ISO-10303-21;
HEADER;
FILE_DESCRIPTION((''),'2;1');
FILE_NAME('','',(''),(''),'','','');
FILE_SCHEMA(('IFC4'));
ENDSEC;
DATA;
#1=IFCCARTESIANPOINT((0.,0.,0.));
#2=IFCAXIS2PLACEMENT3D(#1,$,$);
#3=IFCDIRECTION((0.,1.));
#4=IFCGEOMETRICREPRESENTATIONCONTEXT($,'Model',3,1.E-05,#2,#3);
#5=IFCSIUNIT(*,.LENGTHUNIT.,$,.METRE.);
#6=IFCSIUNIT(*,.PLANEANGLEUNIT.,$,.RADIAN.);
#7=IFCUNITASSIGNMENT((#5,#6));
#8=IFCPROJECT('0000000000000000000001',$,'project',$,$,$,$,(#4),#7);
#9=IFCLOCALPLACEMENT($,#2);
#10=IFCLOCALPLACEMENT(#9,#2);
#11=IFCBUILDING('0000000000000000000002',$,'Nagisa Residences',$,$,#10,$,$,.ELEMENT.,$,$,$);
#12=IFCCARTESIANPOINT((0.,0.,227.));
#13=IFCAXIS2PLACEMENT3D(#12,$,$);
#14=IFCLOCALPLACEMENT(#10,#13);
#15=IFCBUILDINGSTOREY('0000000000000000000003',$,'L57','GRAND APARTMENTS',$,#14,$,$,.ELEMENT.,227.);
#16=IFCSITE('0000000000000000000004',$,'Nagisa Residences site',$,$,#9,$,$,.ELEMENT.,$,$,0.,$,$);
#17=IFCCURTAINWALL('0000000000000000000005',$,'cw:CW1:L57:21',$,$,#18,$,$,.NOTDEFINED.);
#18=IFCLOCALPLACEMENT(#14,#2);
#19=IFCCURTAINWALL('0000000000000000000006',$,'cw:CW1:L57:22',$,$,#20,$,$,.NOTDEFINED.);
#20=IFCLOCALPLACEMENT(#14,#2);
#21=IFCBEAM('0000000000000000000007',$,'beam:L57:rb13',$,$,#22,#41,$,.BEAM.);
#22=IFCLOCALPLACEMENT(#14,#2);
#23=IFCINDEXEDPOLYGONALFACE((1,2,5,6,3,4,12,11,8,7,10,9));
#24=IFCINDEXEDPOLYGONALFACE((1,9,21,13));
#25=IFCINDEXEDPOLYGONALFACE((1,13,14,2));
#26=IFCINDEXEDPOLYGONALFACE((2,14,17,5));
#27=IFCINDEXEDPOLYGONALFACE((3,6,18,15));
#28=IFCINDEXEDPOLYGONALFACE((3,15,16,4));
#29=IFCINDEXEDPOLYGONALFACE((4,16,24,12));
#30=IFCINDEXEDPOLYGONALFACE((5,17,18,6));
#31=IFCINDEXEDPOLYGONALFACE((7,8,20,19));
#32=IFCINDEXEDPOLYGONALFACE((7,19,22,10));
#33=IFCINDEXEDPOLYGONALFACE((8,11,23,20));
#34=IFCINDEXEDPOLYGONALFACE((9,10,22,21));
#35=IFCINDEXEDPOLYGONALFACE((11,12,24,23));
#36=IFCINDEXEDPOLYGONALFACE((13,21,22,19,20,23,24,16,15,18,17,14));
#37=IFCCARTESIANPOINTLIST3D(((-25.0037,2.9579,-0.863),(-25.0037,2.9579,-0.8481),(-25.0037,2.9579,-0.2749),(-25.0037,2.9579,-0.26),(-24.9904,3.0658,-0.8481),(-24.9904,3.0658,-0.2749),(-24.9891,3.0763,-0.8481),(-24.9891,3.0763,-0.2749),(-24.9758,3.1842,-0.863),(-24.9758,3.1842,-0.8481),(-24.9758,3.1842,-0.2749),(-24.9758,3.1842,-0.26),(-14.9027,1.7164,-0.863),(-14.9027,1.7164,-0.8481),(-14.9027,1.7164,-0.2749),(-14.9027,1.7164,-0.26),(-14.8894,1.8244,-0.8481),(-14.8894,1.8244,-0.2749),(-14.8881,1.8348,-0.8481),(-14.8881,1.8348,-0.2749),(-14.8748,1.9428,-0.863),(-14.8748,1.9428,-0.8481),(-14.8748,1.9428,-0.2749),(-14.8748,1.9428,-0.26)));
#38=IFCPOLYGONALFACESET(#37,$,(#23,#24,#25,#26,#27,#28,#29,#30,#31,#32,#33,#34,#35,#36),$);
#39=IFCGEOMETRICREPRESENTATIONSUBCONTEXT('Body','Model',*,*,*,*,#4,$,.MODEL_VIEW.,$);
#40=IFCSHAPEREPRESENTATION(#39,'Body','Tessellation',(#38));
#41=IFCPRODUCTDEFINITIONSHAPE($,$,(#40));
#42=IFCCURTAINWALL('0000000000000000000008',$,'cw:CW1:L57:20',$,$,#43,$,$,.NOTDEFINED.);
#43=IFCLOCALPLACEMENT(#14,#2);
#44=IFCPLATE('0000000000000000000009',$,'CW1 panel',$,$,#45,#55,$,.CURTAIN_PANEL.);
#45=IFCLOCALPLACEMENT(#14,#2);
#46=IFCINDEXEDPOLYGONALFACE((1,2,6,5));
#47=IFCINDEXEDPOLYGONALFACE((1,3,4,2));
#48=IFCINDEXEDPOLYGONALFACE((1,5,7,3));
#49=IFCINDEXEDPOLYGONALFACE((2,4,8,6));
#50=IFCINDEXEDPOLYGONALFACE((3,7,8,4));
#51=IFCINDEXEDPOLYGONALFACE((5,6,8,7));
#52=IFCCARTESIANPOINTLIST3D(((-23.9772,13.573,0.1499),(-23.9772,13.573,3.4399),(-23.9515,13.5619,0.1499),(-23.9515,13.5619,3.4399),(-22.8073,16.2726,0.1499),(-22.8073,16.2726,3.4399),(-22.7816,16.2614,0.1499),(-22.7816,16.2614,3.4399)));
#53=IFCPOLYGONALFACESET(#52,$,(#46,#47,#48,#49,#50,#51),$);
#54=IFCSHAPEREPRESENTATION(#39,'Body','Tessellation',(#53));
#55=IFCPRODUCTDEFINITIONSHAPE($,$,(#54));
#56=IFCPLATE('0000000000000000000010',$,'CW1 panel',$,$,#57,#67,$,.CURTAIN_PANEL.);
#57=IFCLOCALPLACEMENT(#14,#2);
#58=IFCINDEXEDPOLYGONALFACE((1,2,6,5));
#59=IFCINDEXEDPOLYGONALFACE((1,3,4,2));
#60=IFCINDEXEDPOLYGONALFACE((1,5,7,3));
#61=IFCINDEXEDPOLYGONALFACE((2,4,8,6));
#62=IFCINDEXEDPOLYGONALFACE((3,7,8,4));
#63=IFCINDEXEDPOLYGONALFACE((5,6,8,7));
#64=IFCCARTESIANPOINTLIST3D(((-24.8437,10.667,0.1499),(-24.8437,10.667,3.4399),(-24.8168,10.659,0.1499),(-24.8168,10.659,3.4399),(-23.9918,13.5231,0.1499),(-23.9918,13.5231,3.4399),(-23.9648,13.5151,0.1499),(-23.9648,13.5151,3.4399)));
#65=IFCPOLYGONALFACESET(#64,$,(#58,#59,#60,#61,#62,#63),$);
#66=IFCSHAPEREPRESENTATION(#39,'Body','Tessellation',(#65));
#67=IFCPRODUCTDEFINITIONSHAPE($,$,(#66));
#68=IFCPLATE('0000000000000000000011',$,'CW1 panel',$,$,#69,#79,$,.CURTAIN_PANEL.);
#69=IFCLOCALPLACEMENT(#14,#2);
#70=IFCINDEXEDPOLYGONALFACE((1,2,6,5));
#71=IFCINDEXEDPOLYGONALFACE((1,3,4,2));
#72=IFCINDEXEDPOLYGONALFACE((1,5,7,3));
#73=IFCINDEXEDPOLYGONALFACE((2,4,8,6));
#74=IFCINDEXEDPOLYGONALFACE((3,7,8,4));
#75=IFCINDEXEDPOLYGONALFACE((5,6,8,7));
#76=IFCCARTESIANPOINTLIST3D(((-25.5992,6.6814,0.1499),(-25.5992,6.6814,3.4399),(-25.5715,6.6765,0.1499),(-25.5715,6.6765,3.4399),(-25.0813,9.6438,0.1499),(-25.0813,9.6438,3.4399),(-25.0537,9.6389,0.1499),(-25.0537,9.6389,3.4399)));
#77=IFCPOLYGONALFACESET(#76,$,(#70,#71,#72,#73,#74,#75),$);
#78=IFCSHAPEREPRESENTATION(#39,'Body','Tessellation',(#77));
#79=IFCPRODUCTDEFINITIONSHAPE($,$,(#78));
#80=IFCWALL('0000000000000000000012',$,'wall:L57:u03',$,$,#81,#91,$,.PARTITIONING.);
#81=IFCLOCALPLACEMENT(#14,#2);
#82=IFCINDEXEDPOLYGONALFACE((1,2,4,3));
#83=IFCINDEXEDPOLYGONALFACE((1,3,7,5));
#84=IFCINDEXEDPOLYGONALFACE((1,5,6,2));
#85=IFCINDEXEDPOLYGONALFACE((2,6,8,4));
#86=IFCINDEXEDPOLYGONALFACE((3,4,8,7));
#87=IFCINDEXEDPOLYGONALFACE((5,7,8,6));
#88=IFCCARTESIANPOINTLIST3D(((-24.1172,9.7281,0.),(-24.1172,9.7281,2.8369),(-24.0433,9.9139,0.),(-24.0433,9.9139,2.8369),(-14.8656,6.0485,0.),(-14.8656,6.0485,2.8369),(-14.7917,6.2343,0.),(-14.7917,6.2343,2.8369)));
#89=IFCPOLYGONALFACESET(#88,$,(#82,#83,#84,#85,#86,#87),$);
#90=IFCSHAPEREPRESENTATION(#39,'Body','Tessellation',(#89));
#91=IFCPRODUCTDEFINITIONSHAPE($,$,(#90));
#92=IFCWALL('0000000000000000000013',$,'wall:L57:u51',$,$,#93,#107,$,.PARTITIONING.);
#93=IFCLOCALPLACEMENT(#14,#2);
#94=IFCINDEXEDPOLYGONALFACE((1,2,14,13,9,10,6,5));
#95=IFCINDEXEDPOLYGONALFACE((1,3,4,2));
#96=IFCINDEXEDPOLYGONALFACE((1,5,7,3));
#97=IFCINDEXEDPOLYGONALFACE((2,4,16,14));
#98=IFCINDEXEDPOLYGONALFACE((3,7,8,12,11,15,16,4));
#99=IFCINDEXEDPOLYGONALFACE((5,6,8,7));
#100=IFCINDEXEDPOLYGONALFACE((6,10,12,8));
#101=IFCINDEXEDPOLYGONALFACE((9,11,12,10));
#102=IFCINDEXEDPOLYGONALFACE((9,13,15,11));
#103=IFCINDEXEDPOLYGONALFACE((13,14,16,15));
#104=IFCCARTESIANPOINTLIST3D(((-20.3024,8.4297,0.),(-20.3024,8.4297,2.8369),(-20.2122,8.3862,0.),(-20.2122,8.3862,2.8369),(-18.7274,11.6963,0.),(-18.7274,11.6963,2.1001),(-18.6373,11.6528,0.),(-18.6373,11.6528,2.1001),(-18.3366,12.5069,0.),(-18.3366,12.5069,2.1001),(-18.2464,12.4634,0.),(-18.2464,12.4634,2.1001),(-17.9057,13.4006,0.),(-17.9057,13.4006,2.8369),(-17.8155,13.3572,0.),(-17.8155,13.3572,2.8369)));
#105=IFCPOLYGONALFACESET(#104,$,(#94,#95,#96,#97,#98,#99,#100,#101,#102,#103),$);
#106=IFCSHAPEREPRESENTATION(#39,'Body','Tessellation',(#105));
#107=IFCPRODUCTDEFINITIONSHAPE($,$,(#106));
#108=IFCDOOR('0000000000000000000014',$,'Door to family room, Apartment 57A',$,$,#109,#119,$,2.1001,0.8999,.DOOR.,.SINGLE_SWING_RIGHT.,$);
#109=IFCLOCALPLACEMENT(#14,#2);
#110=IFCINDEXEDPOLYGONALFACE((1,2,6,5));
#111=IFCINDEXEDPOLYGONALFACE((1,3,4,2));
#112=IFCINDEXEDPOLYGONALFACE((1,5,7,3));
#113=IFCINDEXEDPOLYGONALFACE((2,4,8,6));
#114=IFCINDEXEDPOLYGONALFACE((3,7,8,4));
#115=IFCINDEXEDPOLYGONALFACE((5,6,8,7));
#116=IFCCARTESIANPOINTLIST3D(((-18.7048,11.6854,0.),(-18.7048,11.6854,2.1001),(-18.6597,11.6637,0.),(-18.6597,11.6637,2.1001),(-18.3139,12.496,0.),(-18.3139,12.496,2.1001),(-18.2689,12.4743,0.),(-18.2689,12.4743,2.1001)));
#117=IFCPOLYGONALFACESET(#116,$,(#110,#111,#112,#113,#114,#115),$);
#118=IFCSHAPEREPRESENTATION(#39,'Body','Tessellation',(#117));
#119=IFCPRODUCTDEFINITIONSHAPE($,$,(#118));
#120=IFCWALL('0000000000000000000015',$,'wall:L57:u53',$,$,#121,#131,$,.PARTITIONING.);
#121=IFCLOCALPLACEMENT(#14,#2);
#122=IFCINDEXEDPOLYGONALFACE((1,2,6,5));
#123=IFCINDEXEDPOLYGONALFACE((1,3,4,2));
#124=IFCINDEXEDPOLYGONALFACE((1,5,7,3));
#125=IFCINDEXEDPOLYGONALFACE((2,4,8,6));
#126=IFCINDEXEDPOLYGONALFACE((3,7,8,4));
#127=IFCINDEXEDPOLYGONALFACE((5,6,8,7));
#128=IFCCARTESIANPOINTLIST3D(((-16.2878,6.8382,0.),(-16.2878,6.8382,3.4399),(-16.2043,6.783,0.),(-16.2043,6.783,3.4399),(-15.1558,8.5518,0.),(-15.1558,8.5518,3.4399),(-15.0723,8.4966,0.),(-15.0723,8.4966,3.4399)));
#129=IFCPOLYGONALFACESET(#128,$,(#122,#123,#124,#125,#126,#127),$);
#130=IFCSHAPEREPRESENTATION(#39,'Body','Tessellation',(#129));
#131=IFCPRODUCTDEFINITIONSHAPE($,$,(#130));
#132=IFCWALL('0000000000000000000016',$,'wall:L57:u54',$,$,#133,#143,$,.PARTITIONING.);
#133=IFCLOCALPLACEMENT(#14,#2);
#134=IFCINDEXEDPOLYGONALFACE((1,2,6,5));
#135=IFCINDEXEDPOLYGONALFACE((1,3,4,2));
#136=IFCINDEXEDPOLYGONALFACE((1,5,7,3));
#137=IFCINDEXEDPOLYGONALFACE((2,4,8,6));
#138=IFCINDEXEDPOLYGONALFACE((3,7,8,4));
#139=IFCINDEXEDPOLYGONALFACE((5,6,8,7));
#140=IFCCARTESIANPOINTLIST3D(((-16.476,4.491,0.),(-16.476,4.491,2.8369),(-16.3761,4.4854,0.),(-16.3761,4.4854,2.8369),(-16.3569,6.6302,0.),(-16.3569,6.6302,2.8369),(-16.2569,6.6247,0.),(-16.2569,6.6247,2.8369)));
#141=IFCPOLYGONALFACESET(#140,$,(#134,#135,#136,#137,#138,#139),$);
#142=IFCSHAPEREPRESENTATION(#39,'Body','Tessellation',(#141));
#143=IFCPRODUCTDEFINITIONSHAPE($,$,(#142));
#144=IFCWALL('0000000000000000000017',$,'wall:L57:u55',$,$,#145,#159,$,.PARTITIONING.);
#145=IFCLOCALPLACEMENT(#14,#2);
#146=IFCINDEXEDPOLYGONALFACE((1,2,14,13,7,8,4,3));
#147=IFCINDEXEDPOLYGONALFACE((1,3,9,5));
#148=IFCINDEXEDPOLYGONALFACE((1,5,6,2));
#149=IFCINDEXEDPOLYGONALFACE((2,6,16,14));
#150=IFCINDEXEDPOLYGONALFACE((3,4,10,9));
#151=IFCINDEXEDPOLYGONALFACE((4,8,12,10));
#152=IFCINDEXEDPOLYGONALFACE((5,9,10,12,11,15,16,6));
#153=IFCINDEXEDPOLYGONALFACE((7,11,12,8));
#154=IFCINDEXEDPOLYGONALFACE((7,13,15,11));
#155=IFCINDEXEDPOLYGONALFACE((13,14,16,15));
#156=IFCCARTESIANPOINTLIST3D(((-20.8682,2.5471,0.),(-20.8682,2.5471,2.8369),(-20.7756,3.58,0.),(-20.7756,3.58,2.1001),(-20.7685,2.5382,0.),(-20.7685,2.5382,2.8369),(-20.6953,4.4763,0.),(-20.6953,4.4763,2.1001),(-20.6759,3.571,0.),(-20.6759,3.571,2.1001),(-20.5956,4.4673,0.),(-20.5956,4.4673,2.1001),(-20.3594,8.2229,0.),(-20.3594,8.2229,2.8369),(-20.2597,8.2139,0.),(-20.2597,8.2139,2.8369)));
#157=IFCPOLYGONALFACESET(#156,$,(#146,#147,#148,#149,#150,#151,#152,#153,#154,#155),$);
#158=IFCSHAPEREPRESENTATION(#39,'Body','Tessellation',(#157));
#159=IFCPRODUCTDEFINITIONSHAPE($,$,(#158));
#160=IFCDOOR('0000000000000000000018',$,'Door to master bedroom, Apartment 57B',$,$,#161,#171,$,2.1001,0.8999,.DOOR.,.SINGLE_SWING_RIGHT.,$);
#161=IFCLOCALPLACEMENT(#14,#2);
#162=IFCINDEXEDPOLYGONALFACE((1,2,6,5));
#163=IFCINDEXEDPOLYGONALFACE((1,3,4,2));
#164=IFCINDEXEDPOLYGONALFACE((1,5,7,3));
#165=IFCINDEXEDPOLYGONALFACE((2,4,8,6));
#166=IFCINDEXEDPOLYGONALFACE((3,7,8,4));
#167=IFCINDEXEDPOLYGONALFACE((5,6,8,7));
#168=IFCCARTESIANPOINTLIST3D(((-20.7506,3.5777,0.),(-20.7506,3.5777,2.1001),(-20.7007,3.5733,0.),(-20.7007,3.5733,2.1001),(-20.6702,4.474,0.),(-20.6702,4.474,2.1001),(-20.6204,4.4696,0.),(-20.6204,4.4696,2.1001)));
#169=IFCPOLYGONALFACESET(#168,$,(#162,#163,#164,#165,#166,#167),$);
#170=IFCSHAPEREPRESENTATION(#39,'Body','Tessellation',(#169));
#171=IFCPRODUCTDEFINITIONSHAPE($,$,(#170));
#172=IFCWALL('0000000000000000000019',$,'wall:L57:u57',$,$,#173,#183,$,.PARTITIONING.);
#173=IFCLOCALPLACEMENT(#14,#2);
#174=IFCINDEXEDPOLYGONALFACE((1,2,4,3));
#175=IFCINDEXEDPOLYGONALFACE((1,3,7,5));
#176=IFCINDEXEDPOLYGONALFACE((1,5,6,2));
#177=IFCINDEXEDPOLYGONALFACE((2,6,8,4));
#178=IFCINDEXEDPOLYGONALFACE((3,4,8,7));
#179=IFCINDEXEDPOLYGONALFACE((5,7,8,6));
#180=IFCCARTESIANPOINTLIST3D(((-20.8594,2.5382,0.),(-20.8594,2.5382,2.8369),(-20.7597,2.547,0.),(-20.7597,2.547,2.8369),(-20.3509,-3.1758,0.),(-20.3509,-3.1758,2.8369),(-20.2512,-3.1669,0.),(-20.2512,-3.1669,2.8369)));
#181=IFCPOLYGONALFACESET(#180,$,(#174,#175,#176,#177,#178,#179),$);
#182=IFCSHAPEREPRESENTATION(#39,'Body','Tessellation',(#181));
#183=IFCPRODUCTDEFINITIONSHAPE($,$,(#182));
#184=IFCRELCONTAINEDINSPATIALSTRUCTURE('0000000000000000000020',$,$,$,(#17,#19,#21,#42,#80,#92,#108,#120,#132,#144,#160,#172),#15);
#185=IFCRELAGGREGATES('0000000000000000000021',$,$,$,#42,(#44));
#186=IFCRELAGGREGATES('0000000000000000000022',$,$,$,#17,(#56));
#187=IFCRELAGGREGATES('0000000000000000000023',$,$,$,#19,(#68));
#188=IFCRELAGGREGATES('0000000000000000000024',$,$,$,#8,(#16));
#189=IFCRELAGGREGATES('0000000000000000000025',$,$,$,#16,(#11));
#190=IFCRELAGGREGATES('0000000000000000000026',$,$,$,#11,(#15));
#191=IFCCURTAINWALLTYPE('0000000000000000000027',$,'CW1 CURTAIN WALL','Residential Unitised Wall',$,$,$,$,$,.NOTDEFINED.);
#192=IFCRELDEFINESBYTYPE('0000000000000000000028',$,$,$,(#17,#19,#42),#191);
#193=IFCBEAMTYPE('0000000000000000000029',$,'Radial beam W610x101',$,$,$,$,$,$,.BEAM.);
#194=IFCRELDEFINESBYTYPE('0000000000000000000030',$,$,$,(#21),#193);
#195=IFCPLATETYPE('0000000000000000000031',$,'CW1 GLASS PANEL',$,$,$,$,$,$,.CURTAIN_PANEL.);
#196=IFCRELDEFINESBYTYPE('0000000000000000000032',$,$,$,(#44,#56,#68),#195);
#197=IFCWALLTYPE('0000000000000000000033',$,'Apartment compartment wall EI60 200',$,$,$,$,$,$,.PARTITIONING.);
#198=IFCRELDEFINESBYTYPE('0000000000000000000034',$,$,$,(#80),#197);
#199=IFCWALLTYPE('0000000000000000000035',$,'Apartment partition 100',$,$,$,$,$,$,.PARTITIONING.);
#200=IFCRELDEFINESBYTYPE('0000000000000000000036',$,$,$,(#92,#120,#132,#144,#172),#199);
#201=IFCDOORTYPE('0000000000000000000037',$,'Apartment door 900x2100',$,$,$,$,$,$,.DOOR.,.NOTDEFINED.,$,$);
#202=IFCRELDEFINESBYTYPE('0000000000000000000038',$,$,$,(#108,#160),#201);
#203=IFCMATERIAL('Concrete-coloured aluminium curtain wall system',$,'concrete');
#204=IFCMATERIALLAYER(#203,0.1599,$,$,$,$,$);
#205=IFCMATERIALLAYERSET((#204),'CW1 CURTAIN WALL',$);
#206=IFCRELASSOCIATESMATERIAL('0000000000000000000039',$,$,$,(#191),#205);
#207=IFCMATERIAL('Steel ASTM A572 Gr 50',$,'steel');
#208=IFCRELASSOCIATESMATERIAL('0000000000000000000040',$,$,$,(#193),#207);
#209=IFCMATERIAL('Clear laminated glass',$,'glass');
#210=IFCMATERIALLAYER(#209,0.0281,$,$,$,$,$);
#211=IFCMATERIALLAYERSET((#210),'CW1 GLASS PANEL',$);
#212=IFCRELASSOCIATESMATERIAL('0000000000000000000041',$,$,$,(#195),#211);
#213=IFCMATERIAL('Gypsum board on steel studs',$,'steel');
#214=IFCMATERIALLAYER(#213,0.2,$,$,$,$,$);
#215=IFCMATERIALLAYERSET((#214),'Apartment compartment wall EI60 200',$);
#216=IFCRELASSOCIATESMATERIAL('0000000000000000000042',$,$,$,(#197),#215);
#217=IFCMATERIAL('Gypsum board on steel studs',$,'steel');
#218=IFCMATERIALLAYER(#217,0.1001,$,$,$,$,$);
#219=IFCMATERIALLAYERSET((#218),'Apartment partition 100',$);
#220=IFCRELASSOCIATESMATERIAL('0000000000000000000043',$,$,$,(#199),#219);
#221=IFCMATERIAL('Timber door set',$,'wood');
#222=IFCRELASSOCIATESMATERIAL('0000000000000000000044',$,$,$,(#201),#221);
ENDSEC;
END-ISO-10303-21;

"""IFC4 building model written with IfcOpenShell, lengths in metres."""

from ifc_helpers import new_model, si_unit, direction, frame, frame_2d, origin, origin_2d, place, context, subcontext, project, spatial, rectangle, i_section, extrude, material, layer, layer_set, material_profile, profile_set, type_object, element, fill, aggregate, save


model = new_model("IFC4")

# Units and contexts
model_context = context("Model", 3, precision=1e-05, world=origin(), true_north=direction((0.0, 1.0)))
body_context = subcontext(model_context, "Body", "Model", "MODEL_VIEW")
ifc_project = project(units=[si_unit("LENGTHUNIT", "METRE"), si_unit("PLANEANGLEUNIT", "RADIAN")], contexts=[model_context])

# Site, building, storey
site_placement = place(None, origin())
site = spatial("IfcSite", under=ifc_project, at=site_placement, Name="Nagisa Residences site", CompositionType="ELEMENT", RefElevation=0.0)
building_placement = place(site_placement, origin())
building = spatial("IfcBuilding", under=site, at=building_placement, Name="Nagisa Residences", CompositionType="ELEMENT")
storey_placement = place(building_placement, frame((0.0, 0.0, 227.0)))
storey = spatial("IfcBuildingStorey", under=building, at=storey_placement, Name="L57", Description="GRAND APARTMENTS", CompositionType="ELEMENT", Elevation=227.0)

# Curtain walls
ifc_material_1 = material(Name="Concrete-coloured aluminium curtain wall system", Category="concrete")
ifc_layer_1 = layer(ifc_material_1, 0.1599)
ifc_layer_set_1 = layer_set([ifc_layer_1], Name="CW1 CURTAIN WALL")
curtain_wall_type = type_object("IfcCurtainWallType", Name="CW1 CURTAIN WALL", Description="Residential Unitised Wall", PredefinedType="NOTDEFINED", material=ifc_layer_set_1)
curtain_wall_1_placement = place(storey_placement, origin())
curtain_wall_1 = element("IfcCurtainWall", 1, at=curtain_wall_1_placement, inside=storey, type_object=curtain_wall_type, Name="cw:CW1:L57:21", PredefinedType="NOTDEFINED")
curtain_wall_2_placement = place(storey_placement, origin())
curtain_wall_2 = element("IfcCurtainWall", 2, at=curtain_wall_2_placement, inside=storey, type_object=curtain_wall_type, Name="cw:CW1:L57:22", PredefinedType="NOTDEFINED")

# Beam
ifc_material_2 = material(Name="Steel ASTM A572 Gr 50", Category="steel")
ifc_material_profile_1 = material_profile(ifc_material_2, i_section(OverallWidth=0.228, OverallDepth=0.603, WebThickness=0.0105, FlangeThickness=0.0149, at=origin_2d()), Name="W610x101")
ifc_profile_set_1 = profile_set([ifc_material_profile_1], Name="Steel ASTM A572 Gr 50")
beam_type_1 = type_object("IfcBeamType", Name="Radial beam W610x101", PredefinedType="BEAM", material=ifc_profile_set_1)
beam_1_placement = place(storey_placement, frame((-24.9897, 3.071, -0.5615), z_axis=(0.992532, -0.121985, 0.0), x_axis=(0.121985, 0.992532, 0.0)))
element("IfcBeam", 3, at=beam_1_placement, inside=storey, type_object=beam_type_1, Name="beam:L57:rb13", PredefinedType="BEAM", context=body_context, shape_type="SweptSolid", body=[
    extrude(i_section(OverallWidth=0.228, OverallDepth=0.603, WebThickness=0.0105, FlangeThickness=0.0149, at=origin_2d()), origin(), (0.0, 0.0, 1.0), 10.177),
])

# Curtain wall, plate
curtain_wall_3_placement = place(storey_placement, origin())
curtain_wall_3 = element("IfcCurtainWall", 4, at=curtain_wall_3_placement, inside=storey, type_object=curtain_wall_type, Name="cw:CW1:L57:20", PredefinedType="NOTDEFINED")
ifc_material_3 = material(Name="Clear laminated glass", Category="glass")
ifc_layer_2 = layer(ifc_material_3, 0.0281)
ifc_layer_set_2 = layer_set([ifc_layer_2], Name="CW1 GLASS PANEL")
plate_type = type_object("IfcPlateType", Name="CW1 GLASS PANEL", PredefinedType="CURTAIN_PANEL", material=ifc_layer_set_2)
plate_1_placement = place(storey_placement, frame((-23.3794, 14.9172, 0.1499), z_axis=(0.0, 0.0, 1.0), x_axis=(-0.397636, -0.917543, 0.0)))
plate_1 = element("IfcPlate", 5, at=plate_1_placement, type_object=plate_type, Name="CW1 panel", PredefinedType="CURTAIN_PANEL", context=body_context, shape_type="SweptSolid", body=[
    extrude(rectangle(XDim=2.9421, YDim=0.0281, at=origin_2d()), origin(), (0.0, 0.0, 1.0), 3.29),
])
aggregate(curtain_wall_3, [plate_1])

# Plates
plate_2_placement = place(storey_placement, frame((-24.4043, 12.0911, 0.1499), z_axis=(0.0, 0.0, 1.0), x_axis=(-0.28586, -0.958271, 0.0)))
plate_2 = element("IfcPlate", 6, at=plate_2_placement, type_object=plate_type, Name="CW1 panel", PredefinedType="CURTAIN_PANEL", context=body_context, shape_type="SweptSolid", body=[
    extrude(rectangle(XDim=2.9805, YDim=0.0281, at=origin_2d()), origin(), (0.0, 0.0, 1.0), 3.29),
])
aggregate(curtain_wall_1, [plate_2])
plate_3_placement = place(storey_placement, frame((-25.3264, 8.1602, 0.1499), z_axis=(0.0, 0.0, 1.0), x_axis=(-0.172191, -0.985064, 0.0)))
plate_3 = element("IfcPlate", 7, at=plate_3_placement, type_object=plate_type, Name="CW1 panel", PredefinedType="CURTAIN_PANEL", context=body_context, shape_type="SweptSolid", body=[
    extrude(rectangle(XDim=3.0073, YDim=0.0281, at=origin_2d()), origin(), (0.0, 0.0, 1.0), 3.29),
])
aggregate(curtain_wall_2, [plate_3])

# Wall
ifc_material_4 = material(Name="Gypsum board on steel studs", Category="steel")
ifc_layer_3 = layer(ifc_material_4, 0.2)
ifc_layer_set_3 = layer_set([ifc_layer_3], Name="Apartment compartment wall EI60 200")
wall_type_1 = type_object("IfcWallType", Name="Apartment compartment wall EI60 200", PredefinedType="PARTITIONING", material=ifc_layer_set_3)
wall_1_placement = place(storey_placement, frame((-14.8286, 6.1414, 0.0), z_axis=(0.0, 0.0, 1.0), x_axis=(-0.929202, 0.369572, 0.0)))
element("IfcWall", 8, at=wall_1_placement, inside=storey, type_object=wall_type_1, Name="wall:L57:u03", PredefinedType="PARTITIONING", context=body_context, shape_type="SweptSolid", body=[
    extrude(rectangle(XDim=9.9565, YDim=0.2, at=frame_2d((4.9783, 0.0))), origin(), (0.0, 0.0, 1.0), 2.8369),
])

# Wall, opening, door
ifc_material_5 = material(Name="Gypsum board on steel studs", Category="steel")
ifc_layer_4 = layer(ifc_material_5, 0.1001)
ifc_layer_set_4 = layer_set([ifc_layer_4], Name="Apartment partition 100")
wall_type_2 = type_object("IfcWallType", Name="Apartment partition 100", PredefinedType="PARTITIONING", material=ifc_layer_set_4)
wall_2_placement = place(storey_placement, frame((-17.8606, 13.3789, 0.0), z_axis=(0.0, 0.0, 1.0), x_axis=(-0.434302, -0.900767, 0.0)))
wall_2 = element("IfcWall", 9, at=wall_2_placement, inside=storey, type_object=wall_type_2, Name="wall:L57:u51", PredefinedType="PARTITIONING", context=body_context, shape_type="SweptSolid", body=[
    extrude(rectangle(XDim=5.5186, YDim=0.1001, at=frame_2d((2.7593, 0.0))), origin(), (0.0, 0.0, 1.0), 2.8369),
])
opening_1_placement = place(wall_2_placement, frame((0.9922, 0.0, 0.0)))
opening_1 = element("IfcOpeningElement", 10, at=opening_1_placement, cuts=wall_2, PredefinedType="OPENING", context=body_context, shape_type="SweptSolid", body=[
    extrude(rectangle(XDim=0.8999, YDim=2.1001, at=frame_2d((0.45, 1.05))), frame((0.0, 0.0601, 0.0), z_axis=(0.0, -1.0, 0.0), x_axis=(1.0, 0.0, 0.0)), (0.0, 0.0, 1.0), 0.1201),
])
ifc_material_6 = material(Name="Timber door set", Category="wood")
door_type_1 = type_object("IfcDoorType", Name="Apartment door 900x2100", OperationType="NOTDEFINED", PredefinedType="DOOR", material=ifc_material_6)
door_1_placement = place(opening_1_placement, frame((0.8999, 0.0, 0.0), x_axis=(-1.0, 0.0, 0.0)))
door_1 = element("IfcDoor", 11, at=door_1_placement, inside=storey, type_object=door_type_1, Name="Door to family room, Apartment 57A", OperationType="SINGLE_SWING_RIGHT", OverallHeight=2.1001, OverallWidth=0.8999, PredefinedType="DOOR", context=body_context, shape_type="SweptSolid", body=[
    extrude(rectangle(XDim=0.8999, YDim=2.1001, at=frame_2d((0.45, 1.05))), frame((0.0, 0.0249, 0.0), z_axis=(0.0, -1.0, 0.0), x_axis=(1.0, 0.0, 0.0)), (0.0, 0.0, 1.0), 0.05),
])
fill(opening_1, door_1)

# Walls
wall_3_placement = place(storey_placement, frame((-15.114, 8.5242, 0.0), z_axis=(0.0, 0.0, 1.0), x_axis=(-0.551211, -0.834366, 0.0)))
element("IfcWall", 12, at=wall_3_placement, inside=storey, type_object=wall_type_2, Name="wall:L57:u53", PredefinedType="PARTITIONING", context=body_context, shape_type="SweptSolid", body=[
    extrude(rectangle(XDim=2.0537, YDim=0.1001, at=frame_2d((1.0269, 0.0))), origin(), (0.0, 0.0, 1.0), 3.4399),
])
wall_4_placement = place(storey_placement, frame((-16.3069, 6.6274, 0.0), z_axis=(0.0, 0.0, 1.0), x_axis=(-0.055609, -0.998453, 0.0)))
element("IfcWall", 13, at=wall_4_placement, inside=storey, type_object=wall_type_2, Name="wall:L57:u54", PredefinedType="PARTITIONING", context=body_context, shape_type="SweptSolid", body=[
    extrude(rectangle(XDim=2.1426, YDim=0.1001, at=frame_2d((1.0713, 0.0))), origin(), (0.0, 0.0, 1.0), 2.8369),
])

# Wall, opening, door
wall_5_placement = place(storey_placement, frame((-20.3096, 8.2183, 0.0), z_axis=(0.0, 0.0, 1.0), x_axis=(-0.089284, -0.996006, 0.0)))
wall_5 = element("IfcWall", 14, at=wall_5_placement, inside=storey, type_object=wall_type_2, Name="wall:L57:u55", PredefinedType="PARTITIONING", context=body_context, shape_type="SweptSolid", body=[
    extrude(rectangle(XDim=5.6985, YDim=0.1001, at=frame_2d((2.8491, 0.0))), origin(), (0.0, 0.0, 1.0), 2.8369),
])
opening_2_placement = place(wall_5_placement, frame((3.7615, 0.0, 0.0)))
opening_2 = element("IfcOpeningElement", 15, at=opening_2_placement, cuts=wall_5, PredefinedType="OPENING", context=body_context, shape_type="SweptSolid", body=[
    extrude(rectangle(XDim=0.8999, YDim=2.1001, at=frame_2d((0.45, 1.05))), frame((0.0, 0.0601, 0.0), z_axis=(0.0, -1.0, 0.0), x_axis=(1.0, 0.0, 0.0)), (0.0, 0.0, 1.0), 0.1201),
])
door_2_placement = place(opening_2_placement, frame((0.8999, 0.0, 0.0), x_axis=(-1.0, 0.0, 0.0)))
door_2 = element("IfcDoor", 16, at=door_2_placement, inside=storey, type_object=door_type_1, Name="Door to master bedroom, Apartment 57B", OperationType="SINGLE_SWING_RIGHT", OverallHeight=2.1001, OverallWidth=0.8999, PredefinedType="DOOR", context=body_context, shape_type="SweptSolid", body=[
    extrude(rectangle(XDim=0.8999, YDim=2.1001, at=frame_2d((0.45, 1.05))), frame((0.0, 0.0249, 0.0), z_axis=(0.0, -1.0, 0.0), x_axis=(1.0, 0.0, 0.0)), (0.0, 0.0, 1.0), 0.05),
])
fill(opening_2, door_2)

# Wall
wall_6_placement = place(storey_placement, frame((-20.8096, 2.5425, 0.0), z_axis=(0.0, 0.0, 1.0), x_axis=(0.088651, -0.996063, 0.0)))
element("IfcWall", 17, at=wall_6_placement, inside=storey, type_object=wall_type_2, Name="wall:L57:u57", PredefinedType="PARTITIONING", context=body_context, shape_type="SweptSolid", body=[
    extrude(rectangle(XDim=5.7366, YDim=0.1001, at=frame_2d((2.8682, 0.0))), origin(), (0.0, 0.0, 1.0), 2.8369),
])

save(model, "model.ifc")
